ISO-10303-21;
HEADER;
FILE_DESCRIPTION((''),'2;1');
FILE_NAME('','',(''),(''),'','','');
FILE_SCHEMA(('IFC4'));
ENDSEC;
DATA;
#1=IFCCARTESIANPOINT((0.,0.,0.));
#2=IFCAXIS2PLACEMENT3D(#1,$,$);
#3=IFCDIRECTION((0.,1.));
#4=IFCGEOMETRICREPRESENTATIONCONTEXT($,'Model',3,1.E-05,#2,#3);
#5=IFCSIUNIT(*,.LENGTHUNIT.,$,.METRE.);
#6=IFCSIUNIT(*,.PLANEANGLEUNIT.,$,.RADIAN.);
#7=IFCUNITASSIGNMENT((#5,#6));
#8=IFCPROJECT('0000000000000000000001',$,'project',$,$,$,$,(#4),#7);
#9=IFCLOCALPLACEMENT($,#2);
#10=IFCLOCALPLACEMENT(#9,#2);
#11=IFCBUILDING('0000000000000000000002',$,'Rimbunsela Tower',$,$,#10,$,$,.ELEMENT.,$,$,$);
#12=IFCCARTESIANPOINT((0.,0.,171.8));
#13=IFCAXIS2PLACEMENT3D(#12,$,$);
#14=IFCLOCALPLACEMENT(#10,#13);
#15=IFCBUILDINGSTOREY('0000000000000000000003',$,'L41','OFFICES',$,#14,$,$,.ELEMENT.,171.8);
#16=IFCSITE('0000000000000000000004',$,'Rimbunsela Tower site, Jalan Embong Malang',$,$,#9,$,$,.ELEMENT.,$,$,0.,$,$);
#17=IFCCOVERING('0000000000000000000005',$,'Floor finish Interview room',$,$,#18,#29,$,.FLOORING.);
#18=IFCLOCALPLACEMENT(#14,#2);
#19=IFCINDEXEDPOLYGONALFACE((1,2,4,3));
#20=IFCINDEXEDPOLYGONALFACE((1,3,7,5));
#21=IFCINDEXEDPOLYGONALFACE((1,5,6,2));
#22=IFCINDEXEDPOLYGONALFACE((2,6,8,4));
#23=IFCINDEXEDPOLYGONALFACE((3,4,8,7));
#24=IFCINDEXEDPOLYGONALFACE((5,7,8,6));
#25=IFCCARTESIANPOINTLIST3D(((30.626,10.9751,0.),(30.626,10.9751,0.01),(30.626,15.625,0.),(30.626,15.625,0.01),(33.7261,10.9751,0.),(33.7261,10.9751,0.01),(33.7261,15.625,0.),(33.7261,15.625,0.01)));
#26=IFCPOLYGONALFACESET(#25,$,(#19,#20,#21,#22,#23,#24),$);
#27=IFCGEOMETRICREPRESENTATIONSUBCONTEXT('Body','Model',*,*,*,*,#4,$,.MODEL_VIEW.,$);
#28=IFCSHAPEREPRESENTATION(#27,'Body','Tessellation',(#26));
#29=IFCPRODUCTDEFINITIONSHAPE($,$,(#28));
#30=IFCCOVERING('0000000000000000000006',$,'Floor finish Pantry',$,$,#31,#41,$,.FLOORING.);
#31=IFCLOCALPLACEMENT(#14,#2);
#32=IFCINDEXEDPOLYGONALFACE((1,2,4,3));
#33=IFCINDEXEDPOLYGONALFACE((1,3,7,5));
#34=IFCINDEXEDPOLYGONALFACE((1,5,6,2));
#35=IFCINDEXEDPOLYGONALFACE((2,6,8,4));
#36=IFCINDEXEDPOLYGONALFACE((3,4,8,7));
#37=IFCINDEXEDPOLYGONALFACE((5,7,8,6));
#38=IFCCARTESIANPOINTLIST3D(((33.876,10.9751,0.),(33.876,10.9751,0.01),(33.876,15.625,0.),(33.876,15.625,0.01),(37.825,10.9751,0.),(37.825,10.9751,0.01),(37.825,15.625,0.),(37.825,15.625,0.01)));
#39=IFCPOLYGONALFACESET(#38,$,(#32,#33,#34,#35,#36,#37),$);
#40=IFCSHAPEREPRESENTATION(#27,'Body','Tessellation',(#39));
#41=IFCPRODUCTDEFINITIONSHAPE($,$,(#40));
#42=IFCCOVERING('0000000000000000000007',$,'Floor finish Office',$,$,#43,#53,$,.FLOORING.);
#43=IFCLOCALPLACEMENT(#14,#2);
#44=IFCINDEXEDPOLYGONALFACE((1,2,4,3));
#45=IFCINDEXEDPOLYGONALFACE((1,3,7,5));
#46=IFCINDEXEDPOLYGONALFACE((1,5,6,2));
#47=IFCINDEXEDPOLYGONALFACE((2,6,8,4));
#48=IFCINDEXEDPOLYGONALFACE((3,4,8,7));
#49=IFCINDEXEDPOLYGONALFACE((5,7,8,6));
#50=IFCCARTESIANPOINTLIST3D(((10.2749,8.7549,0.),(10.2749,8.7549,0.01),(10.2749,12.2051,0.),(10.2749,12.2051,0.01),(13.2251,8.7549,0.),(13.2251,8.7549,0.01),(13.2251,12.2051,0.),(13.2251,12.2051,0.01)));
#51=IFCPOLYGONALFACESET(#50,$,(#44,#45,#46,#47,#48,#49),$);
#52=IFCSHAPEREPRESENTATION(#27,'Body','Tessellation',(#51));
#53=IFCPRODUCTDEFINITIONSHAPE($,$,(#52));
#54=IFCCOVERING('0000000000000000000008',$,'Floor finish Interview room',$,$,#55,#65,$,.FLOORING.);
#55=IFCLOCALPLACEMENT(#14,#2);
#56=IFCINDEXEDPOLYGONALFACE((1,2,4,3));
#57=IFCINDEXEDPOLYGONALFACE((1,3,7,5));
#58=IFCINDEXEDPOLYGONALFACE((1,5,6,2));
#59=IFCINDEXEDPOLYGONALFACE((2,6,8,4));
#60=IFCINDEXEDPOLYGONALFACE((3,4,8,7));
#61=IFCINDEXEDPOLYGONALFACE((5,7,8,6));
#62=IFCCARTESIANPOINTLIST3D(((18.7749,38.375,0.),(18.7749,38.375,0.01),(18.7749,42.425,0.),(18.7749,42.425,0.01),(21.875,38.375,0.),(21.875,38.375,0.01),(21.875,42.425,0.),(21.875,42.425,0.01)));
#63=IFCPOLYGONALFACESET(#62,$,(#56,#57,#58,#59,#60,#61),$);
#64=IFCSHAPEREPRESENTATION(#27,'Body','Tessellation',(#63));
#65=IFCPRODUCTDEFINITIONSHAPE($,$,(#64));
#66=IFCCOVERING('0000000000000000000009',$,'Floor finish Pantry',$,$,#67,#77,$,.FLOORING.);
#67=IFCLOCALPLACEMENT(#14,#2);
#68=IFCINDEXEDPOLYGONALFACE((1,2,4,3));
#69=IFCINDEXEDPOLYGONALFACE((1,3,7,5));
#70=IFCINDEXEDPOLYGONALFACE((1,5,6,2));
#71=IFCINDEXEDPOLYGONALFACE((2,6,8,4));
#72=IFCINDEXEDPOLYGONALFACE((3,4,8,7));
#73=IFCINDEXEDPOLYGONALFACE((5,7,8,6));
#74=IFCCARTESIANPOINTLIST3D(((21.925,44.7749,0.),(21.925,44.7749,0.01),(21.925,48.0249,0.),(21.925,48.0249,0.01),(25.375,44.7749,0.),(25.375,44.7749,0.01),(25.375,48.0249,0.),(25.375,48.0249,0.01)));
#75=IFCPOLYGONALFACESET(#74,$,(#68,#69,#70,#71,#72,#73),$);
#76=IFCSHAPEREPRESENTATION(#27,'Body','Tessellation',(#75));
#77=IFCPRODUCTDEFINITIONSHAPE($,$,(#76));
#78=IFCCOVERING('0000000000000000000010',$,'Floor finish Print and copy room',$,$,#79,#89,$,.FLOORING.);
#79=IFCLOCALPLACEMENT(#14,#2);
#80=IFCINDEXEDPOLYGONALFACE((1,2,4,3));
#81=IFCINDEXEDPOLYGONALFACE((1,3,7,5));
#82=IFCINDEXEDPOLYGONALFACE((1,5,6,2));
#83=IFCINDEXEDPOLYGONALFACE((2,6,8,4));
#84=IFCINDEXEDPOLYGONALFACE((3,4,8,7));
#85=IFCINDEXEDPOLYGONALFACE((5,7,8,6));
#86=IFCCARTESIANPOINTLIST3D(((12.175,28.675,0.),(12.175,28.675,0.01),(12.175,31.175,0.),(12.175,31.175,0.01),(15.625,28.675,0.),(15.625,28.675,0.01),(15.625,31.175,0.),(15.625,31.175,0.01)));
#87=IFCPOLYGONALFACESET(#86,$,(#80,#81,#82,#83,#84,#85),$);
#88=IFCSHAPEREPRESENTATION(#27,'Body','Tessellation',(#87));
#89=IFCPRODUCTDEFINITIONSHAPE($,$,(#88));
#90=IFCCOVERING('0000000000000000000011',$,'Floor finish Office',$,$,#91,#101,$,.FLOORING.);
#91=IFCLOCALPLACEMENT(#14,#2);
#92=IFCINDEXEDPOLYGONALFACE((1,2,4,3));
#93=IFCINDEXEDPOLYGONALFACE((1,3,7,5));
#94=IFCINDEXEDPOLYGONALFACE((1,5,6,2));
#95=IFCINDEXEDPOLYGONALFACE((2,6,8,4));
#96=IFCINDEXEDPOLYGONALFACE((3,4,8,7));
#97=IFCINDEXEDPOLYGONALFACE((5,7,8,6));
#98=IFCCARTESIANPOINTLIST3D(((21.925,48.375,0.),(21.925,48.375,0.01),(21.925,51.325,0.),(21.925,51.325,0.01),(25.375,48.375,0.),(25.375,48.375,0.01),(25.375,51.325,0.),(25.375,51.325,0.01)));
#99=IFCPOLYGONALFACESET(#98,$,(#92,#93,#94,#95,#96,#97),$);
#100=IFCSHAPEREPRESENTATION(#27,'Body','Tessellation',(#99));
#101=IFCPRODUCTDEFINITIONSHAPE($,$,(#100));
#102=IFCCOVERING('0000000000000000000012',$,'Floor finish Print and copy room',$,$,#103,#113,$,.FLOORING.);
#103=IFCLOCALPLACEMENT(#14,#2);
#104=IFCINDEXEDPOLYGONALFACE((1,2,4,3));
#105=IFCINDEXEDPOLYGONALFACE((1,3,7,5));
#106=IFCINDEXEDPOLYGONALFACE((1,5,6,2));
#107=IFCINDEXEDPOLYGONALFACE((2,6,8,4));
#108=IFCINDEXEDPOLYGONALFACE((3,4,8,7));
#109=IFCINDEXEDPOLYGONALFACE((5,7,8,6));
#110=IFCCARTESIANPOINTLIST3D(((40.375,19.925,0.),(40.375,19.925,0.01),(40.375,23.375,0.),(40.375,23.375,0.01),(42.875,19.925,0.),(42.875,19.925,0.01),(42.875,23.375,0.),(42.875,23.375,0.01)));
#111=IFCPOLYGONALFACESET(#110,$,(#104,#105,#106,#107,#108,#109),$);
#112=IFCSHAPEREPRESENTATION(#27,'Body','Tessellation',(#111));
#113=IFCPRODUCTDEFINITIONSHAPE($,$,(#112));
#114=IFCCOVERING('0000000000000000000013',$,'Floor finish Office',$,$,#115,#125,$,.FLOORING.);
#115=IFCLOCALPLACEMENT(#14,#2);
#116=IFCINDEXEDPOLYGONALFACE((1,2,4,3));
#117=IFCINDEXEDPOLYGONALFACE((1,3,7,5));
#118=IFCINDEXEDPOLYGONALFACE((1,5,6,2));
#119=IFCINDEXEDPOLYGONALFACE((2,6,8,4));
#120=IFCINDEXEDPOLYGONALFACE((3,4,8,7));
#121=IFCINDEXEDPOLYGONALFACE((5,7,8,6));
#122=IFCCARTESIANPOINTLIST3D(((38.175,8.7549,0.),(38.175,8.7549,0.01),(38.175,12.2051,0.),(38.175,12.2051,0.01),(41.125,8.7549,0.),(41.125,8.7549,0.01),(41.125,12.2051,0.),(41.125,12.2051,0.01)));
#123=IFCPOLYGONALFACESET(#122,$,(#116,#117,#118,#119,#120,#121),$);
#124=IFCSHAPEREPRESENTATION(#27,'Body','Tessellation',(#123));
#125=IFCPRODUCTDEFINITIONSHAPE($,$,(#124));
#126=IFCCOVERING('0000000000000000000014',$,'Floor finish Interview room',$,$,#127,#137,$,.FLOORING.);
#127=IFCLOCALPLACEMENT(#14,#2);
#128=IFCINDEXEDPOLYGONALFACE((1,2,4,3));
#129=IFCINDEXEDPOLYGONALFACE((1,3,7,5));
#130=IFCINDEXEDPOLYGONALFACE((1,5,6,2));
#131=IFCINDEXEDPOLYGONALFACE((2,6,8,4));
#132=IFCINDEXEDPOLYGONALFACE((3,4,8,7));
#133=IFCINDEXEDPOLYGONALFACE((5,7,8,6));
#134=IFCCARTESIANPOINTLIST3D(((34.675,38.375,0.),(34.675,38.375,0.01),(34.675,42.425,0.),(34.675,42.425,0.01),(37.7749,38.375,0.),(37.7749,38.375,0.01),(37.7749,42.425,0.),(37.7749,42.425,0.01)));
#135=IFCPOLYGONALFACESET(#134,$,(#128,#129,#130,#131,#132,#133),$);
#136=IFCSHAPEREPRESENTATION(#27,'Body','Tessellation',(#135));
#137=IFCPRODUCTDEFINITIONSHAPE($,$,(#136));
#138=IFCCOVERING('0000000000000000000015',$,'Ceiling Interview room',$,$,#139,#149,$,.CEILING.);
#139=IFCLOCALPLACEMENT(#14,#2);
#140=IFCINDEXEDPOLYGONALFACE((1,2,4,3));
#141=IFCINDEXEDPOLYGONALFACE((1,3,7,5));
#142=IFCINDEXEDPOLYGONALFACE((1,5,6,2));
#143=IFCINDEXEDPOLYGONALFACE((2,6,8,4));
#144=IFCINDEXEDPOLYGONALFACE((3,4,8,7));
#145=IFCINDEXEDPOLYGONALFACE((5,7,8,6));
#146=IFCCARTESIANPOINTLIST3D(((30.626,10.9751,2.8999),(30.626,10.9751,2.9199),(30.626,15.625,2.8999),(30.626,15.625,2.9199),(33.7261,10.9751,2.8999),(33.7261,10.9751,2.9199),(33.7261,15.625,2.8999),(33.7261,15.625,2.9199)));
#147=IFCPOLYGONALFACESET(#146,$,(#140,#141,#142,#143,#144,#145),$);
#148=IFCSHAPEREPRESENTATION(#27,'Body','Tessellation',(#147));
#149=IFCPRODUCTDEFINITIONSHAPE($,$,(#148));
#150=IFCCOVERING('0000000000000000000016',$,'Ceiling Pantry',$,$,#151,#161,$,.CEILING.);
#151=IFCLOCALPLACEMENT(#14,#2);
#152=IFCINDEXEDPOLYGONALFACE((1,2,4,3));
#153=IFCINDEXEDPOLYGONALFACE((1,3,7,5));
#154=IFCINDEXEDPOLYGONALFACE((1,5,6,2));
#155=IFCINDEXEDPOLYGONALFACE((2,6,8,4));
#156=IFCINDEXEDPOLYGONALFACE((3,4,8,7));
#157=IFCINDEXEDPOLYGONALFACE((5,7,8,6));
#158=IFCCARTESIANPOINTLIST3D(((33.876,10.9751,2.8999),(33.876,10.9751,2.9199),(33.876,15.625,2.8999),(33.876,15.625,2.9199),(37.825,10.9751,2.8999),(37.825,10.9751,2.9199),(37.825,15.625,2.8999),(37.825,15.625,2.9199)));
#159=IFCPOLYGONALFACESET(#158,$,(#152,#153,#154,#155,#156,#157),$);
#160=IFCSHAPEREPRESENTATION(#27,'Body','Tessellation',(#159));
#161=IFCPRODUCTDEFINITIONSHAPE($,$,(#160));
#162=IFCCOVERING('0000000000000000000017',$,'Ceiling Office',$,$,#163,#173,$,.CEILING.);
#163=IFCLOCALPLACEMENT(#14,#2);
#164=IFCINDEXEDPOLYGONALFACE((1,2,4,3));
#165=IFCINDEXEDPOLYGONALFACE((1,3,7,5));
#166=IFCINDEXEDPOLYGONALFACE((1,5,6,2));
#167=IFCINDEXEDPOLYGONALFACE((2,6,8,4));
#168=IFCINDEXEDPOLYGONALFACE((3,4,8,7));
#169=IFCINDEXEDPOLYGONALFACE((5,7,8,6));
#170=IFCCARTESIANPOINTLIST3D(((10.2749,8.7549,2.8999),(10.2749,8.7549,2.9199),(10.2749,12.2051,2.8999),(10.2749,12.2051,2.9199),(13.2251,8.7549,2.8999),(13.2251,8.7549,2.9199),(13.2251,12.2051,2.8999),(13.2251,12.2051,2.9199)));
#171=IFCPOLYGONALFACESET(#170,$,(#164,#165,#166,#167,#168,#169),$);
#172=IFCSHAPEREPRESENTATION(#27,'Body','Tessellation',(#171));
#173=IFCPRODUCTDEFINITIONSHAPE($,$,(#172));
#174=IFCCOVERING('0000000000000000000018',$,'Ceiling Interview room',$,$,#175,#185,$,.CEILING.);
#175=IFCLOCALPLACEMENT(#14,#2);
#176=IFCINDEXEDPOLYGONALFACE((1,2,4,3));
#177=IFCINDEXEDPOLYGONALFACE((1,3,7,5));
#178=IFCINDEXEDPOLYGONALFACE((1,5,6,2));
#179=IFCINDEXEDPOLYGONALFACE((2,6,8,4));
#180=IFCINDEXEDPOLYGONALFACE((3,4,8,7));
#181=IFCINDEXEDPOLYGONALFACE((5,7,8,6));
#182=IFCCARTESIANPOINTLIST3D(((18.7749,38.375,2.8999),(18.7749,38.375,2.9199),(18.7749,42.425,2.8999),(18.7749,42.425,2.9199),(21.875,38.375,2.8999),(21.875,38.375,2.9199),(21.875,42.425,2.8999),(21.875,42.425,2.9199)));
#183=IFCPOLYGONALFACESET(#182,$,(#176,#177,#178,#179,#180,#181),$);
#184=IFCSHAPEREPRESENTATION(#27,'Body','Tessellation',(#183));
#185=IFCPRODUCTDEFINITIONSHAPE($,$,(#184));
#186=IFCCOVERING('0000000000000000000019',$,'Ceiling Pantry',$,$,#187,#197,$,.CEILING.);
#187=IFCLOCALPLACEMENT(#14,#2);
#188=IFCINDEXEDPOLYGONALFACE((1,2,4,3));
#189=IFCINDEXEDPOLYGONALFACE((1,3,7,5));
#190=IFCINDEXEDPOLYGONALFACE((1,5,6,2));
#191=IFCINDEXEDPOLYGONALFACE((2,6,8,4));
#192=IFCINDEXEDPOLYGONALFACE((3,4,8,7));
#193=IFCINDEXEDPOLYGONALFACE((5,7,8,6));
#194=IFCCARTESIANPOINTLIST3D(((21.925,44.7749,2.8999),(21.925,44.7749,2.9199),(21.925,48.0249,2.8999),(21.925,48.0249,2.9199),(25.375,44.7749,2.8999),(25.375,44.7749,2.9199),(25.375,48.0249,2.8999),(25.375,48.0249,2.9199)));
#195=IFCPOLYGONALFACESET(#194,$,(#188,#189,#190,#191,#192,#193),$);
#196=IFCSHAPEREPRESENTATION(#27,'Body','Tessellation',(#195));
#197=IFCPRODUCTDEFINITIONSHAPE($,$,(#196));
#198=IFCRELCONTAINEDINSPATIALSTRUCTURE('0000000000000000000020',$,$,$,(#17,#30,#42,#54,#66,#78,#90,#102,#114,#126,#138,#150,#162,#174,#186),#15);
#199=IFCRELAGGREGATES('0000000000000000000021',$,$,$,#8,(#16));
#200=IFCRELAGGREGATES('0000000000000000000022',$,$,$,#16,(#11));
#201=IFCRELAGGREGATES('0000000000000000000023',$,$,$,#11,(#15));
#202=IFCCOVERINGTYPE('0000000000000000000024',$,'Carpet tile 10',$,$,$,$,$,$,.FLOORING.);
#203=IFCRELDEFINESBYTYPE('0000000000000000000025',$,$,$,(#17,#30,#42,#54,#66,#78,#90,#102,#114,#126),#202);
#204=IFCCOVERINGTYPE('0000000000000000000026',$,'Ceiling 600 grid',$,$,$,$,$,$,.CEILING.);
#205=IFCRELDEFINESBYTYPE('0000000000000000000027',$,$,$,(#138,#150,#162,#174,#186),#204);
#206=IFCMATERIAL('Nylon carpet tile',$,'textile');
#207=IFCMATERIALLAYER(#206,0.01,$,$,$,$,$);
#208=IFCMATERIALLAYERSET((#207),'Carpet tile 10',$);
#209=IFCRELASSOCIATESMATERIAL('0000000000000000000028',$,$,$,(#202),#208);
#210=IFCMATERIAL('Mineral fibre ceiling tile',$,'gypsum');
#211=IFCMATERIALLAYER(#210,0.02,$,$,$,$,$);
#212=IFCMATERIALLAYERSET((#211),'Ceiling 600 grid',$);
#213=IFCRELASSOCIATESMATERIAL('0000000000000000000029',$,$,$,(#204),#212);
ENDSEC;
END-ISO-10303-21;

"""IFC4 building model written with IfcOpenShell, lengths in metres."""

from ifc_helpers import new_model, si_unit, direction, frame, origin, place, context, subcontext, project, spatial, polyline, outline, extrude, material, layer, layer_set, type_object, element, save


model = new_model("IFC4")

# Units and contexts
model_context = context("Model", 3, precision=1e-05, world=origin(), true_north=direction((0.0, 1.0)))
body_context = subcontext(model_context, "Body", "Model", "MODEL_VIEW")
ifc_project = project(units=[si_unit("LENGTHUNIT", "METRE"), si_unit("PLANEANGLEUNIT", "RADIAN")], contexts=[model_context])

# Site, building, storey
site_placement = place(None, origin())
site = spatial("IfcSite", under=ifc_project, at=site_placement, Name="Rimbunsela Tower site, Jalan Embong Malang", CompositionType="ELEMENT", RefElevation=0.0)
building_placement = place(site_placement, origin())
building = spatial("IfcBuilding", under=site, at=building_placement, Name="Rimbunsela Tower", CompositionType="ELEMENT")
storey_placement = place(building_placement, frame((0.0, 0.0, 171.8)))
storey = spatial("IfcBuildingStorey", under=building, at=storey_placement, Name="L41", Description="OFFICES", CompositionType="ELEMENT", Elevation=171.8)

# Coverings
ifc_material_1 = material(Name="Nylon carpet tile", Category="textile")
ifc_layer_1 = layer(ifc_material_1, 0.01)
ifc_layer_set_1 = layer_set([ifc_layer_1], Name="Carpet tile 10")
covering_type_1 = type_object("IfcCoveringType", Name="Carpet tile 10", PredefinedType="FLOORING", material=ifc_layer_set_1)
covering_1_placement = place(storey_placement, origin())
element("IfcCovering", 1, at=covering_1_placement, inside=storey, type_object=covering_type_1, Name="Floor finish Interview room", PredefinedType="FLOORING", context=body_context, shape_type="SweptSolid", body=[
    extrude(outline(polyline([(33.7261, 10.9751), (33.7261, 15.625), (30.626, 15.625), (30.626, 10.9751), (33.7261, 10.9751)])), origin(), (0.0, 0.0, 1.0), 0.01),
])
covering_2_placement = place(storey_placement, origin())
element("IfcCovering", 2, at=covering_2_placement, inside=storey, type_object=covering_type_1, Name="Floor finish Pantry", PredefinedType="FLOORING", context=body_context, shape_type="SweptSolid", body=[
    extrude(outline(polyline([(37.825, 10.9751), (37.825, 15.625), (33.876, 15.625), (33.876, 10.9751), (37.825, 10.9751)])), origin(), (0.0, 0.0, 1.0), 0.01),
])
covering_3_placement = place(storey_placement, origin())
element("IfcCovering", 3, at=covering_3_placement, inside=storey, type_object=covering_type_1, Name="Floor finish Office", PredefinedType="FLOORING", context=body_context, shape_type="SweptSolid", body=[
    extrude(outline(polyline([(13.2251, 8.7549), (13.2251, 12.2051), (10.2749, 12.2051), (10.2749, 8.7549), (13.2251, 8.7549)])), origin(), (0.0, 0.0, 1.0), 0.01),
])
covering_4_placement = place(storey_placement, origin())
element("IfcCovering", 4, at=covering_4_placement, inside=storey, type_object=covering_type_1, Name="Floor finish Interview room", PredefinedType="FLOORING", context=body_context, shape_type="SweptSolid", body=[
    extrude(outline(polyline([(21.875, 38.375), (21.875, 42.425), (18.7749, 42.425), (18.7749, 38.375), (21.875, 38.375)])), origin(), (0.0, 0.0, 1.0), 0.01),
])
covering_5_placement = place(storey_placement, origin())
element("IfcCovering", 5, at=covering_5_placement, inside=storey, type_object=covering_type_1, Name="Floor finish Pantry", PredefinedType="FLOORING", context=body_context, shape_type="SweptSolid", body=[
    extrude(outline(polyline([(25.375, 44.7749), (25.375, 48.0249), (21.925, 48.0249), (21.925, 44.7749), (25.375, 44.7749)])), origin(), (0.0, 0.0, 1.0), 0.01),
])
covering_6_placement = place(storey_placement, origin())
element("IfcCovering", 6, at=covering_6_placement, inside=storey, type_object=covering_type_1, Name="Floor finish Print and copy room", PredefinedType="FLOORING", context=body_context, shape_type="SweptSolid", body=[
    extrude(outline(polyline([(15.625, 28.675), (15.625, 31.175), (12.175, 31.175), (12.175, 28.675), (15.625, 28.675)])), origin(), (0.0, 0.0, 1.0), 0.01),
])
covering_7_placement = place(storey_placement, origin())
element("IfcCovering", 7, at=covering_7_placement, inside=storey, type_object=covering_type_1, Name="Floor finish Office", PredefinedType="FLOORING", context=body_context, shape_type="SweptSolid", body=[
    extrude(outline(polyline([(25.375, 48.375), (25.375, 51.325), (21.925, 51.325), (21.925, 48.375), (25.375, 48.375)])), origin(), (0.0, 0.0, 1.0), 0.01),
])
covering_8_placement = place(storey_placement, origin())
element("IfcCovering", 8, at=covering_8_placement, inside=storey, type_object=covering_type_1, Name="Floor finish Print and copy room", PredefinedType="FLOORING", context=body_context, shape_type="SweptSolid", body=[
    extrude(outline(polyline([(42.875, 19.925), (42.875, 23.375), (40.375, 23.375), (40.375, 19.925), (42.875, 19.925)])), origin(), (0.0, 0.0, 1.0), 0.01),
])
covering_9_placement = place(storey_placement, origin())
element("IfcCovering", 9, at=covering_9_placement, inside=storey, type_object=covering_type_1, Name="Floor finish Office", PredefinedType="FLOORING", context=body_context, shape_type="SweptSolid", body=[
    extrude(outline(polyline([(41.125, 8.7549), (41.125, 12.2051), (38.175, 12.2051), (38.175, 8.7549), (41.125, 8.7549)])), origin(), (0.0, 0.0, 1.0), 0.01),
])
covering_10_placement = place(storey_placement, origin())
element("IfcCovering", 10, at=covering_10_placement, inside=storey, type_object=covering_type_1, Name="Floor finish Interview room", PredefinedType="FLOORING", context=body_context, shape_type="SweptSolid", body=[
    extrude(outline(polyline([(37.7749, 38.375), (37.7749, 42.425), (34.675, 42.425), (34.675, 38.375), (37.7749, 38.375)])), origin(), (0.0, 0.0, 1.0), 0.01),
])
ifc_material_2 = material(Name="Mineral fibre ceiling tile", Category="gypsum")
ifc_layer_2 = layer(ifc_material_2, 0.02)
ifc_layer_set_2 = layer_set([ifc_layer_2], Name="Ceiling 600 grid")
covering_type_2 = type_object("IfcCoveringType", Name="Ceiling 600 grid", PredefinedType="CEILING", material=ifc_layer_set_2)
covering_11_placement = place(storey_placement, frame((0.0, 0.0, 2.8999)))
element("IfcCovering", 11, at=covering_11_placement, inside=storey, type_object=covering_type_2, Name="Ceiling Interview room", PredefinedType="CEILING", context=body_context, shape_type="SweptSolid", body=[
    extrude(outline(polyline([(33.7261, 10.9751), (33.7261, 15.625), (30.626, 15.625), (30.626, 10.9751), (33.7261, 10.9751)])), origin(), (0.0, 0.0, 1.0), 0.02),
])
covering_12_placement = place(storey_placement, frame((0.0, 0.0, 2.8999)))
element("IfcCovering", 12, at=covering_12_placement, inside=storey, type_object=covering_type_2, Name="Ceiling Pantry", PredefinedType="CEILING", context=body_context, shape_type="SweptSolid", body=[
    extrude(outline(polyline([(37.825, 10.9751), (37.825, 15.625), (33.876, 15.625), (33.876, 10.9751), (37.825, 10.9751)])), origin(), (0.0, 0.0, 1.0), 0.02),
])
covering_13_placement = place(storey_placement, frame((0.0, 0.0, 2.8999)))
element("IfcCovering", 13, at=covering_13_placement, inside=storey, type_object=covering_type_2, Name="Ceiling Office", PredefinedType="CEILING", context=body_context, shape_type="SweptSolid", body=[
    extrude(outline(polyline([(13.2251, 8.7549), (13.2251, 12.2051), (10.2749, 12.2051), (10.2749, 8.7549), (13.2251, 8.7549)])), origin(), (0.0, 0.0, 1.0), 0.02),
])
covering_14_placement = place(storey_placement, frame((0.0, 0.0, 2.8999)))
element("IfcCovering", 14, at=covering_14_placement, inside=storey, type_object=covering_type_2, Name="Ceiling Interview room", PredefinedType="CEILING", context=body_context, shape_type="SweptSolid", body=[
    extrude(outline(polyline([(21.875, 38.375), (21.875, 42.425), (18.7749, 42.425), (18.7749, 38.375), (21.875, 38.375)])), origin(), (0.0, 0.0, 1.0), 0.02),
])
covering_15_placement = place(storey_placement, frame((0.0, 0.0, 2.8999)))
element("IfcCovering", 15, at=covering_15_placement, inside=storey, type_object=covering_type_2, Name="Ceiling Pantry", PredefinedType="CEILING", context=body_context, shape_type="SweptSolid", body=[
    extrude(outline(polyline([(25.375, 44.7749), (25.375, 48.0249), (21.925, 48.0249), (21.925, 44.7749), (25.375, 44.7749)])), origin(), (0.0, 0.0, 1.0), 0.02),
])

save(model, "model.ifc")
